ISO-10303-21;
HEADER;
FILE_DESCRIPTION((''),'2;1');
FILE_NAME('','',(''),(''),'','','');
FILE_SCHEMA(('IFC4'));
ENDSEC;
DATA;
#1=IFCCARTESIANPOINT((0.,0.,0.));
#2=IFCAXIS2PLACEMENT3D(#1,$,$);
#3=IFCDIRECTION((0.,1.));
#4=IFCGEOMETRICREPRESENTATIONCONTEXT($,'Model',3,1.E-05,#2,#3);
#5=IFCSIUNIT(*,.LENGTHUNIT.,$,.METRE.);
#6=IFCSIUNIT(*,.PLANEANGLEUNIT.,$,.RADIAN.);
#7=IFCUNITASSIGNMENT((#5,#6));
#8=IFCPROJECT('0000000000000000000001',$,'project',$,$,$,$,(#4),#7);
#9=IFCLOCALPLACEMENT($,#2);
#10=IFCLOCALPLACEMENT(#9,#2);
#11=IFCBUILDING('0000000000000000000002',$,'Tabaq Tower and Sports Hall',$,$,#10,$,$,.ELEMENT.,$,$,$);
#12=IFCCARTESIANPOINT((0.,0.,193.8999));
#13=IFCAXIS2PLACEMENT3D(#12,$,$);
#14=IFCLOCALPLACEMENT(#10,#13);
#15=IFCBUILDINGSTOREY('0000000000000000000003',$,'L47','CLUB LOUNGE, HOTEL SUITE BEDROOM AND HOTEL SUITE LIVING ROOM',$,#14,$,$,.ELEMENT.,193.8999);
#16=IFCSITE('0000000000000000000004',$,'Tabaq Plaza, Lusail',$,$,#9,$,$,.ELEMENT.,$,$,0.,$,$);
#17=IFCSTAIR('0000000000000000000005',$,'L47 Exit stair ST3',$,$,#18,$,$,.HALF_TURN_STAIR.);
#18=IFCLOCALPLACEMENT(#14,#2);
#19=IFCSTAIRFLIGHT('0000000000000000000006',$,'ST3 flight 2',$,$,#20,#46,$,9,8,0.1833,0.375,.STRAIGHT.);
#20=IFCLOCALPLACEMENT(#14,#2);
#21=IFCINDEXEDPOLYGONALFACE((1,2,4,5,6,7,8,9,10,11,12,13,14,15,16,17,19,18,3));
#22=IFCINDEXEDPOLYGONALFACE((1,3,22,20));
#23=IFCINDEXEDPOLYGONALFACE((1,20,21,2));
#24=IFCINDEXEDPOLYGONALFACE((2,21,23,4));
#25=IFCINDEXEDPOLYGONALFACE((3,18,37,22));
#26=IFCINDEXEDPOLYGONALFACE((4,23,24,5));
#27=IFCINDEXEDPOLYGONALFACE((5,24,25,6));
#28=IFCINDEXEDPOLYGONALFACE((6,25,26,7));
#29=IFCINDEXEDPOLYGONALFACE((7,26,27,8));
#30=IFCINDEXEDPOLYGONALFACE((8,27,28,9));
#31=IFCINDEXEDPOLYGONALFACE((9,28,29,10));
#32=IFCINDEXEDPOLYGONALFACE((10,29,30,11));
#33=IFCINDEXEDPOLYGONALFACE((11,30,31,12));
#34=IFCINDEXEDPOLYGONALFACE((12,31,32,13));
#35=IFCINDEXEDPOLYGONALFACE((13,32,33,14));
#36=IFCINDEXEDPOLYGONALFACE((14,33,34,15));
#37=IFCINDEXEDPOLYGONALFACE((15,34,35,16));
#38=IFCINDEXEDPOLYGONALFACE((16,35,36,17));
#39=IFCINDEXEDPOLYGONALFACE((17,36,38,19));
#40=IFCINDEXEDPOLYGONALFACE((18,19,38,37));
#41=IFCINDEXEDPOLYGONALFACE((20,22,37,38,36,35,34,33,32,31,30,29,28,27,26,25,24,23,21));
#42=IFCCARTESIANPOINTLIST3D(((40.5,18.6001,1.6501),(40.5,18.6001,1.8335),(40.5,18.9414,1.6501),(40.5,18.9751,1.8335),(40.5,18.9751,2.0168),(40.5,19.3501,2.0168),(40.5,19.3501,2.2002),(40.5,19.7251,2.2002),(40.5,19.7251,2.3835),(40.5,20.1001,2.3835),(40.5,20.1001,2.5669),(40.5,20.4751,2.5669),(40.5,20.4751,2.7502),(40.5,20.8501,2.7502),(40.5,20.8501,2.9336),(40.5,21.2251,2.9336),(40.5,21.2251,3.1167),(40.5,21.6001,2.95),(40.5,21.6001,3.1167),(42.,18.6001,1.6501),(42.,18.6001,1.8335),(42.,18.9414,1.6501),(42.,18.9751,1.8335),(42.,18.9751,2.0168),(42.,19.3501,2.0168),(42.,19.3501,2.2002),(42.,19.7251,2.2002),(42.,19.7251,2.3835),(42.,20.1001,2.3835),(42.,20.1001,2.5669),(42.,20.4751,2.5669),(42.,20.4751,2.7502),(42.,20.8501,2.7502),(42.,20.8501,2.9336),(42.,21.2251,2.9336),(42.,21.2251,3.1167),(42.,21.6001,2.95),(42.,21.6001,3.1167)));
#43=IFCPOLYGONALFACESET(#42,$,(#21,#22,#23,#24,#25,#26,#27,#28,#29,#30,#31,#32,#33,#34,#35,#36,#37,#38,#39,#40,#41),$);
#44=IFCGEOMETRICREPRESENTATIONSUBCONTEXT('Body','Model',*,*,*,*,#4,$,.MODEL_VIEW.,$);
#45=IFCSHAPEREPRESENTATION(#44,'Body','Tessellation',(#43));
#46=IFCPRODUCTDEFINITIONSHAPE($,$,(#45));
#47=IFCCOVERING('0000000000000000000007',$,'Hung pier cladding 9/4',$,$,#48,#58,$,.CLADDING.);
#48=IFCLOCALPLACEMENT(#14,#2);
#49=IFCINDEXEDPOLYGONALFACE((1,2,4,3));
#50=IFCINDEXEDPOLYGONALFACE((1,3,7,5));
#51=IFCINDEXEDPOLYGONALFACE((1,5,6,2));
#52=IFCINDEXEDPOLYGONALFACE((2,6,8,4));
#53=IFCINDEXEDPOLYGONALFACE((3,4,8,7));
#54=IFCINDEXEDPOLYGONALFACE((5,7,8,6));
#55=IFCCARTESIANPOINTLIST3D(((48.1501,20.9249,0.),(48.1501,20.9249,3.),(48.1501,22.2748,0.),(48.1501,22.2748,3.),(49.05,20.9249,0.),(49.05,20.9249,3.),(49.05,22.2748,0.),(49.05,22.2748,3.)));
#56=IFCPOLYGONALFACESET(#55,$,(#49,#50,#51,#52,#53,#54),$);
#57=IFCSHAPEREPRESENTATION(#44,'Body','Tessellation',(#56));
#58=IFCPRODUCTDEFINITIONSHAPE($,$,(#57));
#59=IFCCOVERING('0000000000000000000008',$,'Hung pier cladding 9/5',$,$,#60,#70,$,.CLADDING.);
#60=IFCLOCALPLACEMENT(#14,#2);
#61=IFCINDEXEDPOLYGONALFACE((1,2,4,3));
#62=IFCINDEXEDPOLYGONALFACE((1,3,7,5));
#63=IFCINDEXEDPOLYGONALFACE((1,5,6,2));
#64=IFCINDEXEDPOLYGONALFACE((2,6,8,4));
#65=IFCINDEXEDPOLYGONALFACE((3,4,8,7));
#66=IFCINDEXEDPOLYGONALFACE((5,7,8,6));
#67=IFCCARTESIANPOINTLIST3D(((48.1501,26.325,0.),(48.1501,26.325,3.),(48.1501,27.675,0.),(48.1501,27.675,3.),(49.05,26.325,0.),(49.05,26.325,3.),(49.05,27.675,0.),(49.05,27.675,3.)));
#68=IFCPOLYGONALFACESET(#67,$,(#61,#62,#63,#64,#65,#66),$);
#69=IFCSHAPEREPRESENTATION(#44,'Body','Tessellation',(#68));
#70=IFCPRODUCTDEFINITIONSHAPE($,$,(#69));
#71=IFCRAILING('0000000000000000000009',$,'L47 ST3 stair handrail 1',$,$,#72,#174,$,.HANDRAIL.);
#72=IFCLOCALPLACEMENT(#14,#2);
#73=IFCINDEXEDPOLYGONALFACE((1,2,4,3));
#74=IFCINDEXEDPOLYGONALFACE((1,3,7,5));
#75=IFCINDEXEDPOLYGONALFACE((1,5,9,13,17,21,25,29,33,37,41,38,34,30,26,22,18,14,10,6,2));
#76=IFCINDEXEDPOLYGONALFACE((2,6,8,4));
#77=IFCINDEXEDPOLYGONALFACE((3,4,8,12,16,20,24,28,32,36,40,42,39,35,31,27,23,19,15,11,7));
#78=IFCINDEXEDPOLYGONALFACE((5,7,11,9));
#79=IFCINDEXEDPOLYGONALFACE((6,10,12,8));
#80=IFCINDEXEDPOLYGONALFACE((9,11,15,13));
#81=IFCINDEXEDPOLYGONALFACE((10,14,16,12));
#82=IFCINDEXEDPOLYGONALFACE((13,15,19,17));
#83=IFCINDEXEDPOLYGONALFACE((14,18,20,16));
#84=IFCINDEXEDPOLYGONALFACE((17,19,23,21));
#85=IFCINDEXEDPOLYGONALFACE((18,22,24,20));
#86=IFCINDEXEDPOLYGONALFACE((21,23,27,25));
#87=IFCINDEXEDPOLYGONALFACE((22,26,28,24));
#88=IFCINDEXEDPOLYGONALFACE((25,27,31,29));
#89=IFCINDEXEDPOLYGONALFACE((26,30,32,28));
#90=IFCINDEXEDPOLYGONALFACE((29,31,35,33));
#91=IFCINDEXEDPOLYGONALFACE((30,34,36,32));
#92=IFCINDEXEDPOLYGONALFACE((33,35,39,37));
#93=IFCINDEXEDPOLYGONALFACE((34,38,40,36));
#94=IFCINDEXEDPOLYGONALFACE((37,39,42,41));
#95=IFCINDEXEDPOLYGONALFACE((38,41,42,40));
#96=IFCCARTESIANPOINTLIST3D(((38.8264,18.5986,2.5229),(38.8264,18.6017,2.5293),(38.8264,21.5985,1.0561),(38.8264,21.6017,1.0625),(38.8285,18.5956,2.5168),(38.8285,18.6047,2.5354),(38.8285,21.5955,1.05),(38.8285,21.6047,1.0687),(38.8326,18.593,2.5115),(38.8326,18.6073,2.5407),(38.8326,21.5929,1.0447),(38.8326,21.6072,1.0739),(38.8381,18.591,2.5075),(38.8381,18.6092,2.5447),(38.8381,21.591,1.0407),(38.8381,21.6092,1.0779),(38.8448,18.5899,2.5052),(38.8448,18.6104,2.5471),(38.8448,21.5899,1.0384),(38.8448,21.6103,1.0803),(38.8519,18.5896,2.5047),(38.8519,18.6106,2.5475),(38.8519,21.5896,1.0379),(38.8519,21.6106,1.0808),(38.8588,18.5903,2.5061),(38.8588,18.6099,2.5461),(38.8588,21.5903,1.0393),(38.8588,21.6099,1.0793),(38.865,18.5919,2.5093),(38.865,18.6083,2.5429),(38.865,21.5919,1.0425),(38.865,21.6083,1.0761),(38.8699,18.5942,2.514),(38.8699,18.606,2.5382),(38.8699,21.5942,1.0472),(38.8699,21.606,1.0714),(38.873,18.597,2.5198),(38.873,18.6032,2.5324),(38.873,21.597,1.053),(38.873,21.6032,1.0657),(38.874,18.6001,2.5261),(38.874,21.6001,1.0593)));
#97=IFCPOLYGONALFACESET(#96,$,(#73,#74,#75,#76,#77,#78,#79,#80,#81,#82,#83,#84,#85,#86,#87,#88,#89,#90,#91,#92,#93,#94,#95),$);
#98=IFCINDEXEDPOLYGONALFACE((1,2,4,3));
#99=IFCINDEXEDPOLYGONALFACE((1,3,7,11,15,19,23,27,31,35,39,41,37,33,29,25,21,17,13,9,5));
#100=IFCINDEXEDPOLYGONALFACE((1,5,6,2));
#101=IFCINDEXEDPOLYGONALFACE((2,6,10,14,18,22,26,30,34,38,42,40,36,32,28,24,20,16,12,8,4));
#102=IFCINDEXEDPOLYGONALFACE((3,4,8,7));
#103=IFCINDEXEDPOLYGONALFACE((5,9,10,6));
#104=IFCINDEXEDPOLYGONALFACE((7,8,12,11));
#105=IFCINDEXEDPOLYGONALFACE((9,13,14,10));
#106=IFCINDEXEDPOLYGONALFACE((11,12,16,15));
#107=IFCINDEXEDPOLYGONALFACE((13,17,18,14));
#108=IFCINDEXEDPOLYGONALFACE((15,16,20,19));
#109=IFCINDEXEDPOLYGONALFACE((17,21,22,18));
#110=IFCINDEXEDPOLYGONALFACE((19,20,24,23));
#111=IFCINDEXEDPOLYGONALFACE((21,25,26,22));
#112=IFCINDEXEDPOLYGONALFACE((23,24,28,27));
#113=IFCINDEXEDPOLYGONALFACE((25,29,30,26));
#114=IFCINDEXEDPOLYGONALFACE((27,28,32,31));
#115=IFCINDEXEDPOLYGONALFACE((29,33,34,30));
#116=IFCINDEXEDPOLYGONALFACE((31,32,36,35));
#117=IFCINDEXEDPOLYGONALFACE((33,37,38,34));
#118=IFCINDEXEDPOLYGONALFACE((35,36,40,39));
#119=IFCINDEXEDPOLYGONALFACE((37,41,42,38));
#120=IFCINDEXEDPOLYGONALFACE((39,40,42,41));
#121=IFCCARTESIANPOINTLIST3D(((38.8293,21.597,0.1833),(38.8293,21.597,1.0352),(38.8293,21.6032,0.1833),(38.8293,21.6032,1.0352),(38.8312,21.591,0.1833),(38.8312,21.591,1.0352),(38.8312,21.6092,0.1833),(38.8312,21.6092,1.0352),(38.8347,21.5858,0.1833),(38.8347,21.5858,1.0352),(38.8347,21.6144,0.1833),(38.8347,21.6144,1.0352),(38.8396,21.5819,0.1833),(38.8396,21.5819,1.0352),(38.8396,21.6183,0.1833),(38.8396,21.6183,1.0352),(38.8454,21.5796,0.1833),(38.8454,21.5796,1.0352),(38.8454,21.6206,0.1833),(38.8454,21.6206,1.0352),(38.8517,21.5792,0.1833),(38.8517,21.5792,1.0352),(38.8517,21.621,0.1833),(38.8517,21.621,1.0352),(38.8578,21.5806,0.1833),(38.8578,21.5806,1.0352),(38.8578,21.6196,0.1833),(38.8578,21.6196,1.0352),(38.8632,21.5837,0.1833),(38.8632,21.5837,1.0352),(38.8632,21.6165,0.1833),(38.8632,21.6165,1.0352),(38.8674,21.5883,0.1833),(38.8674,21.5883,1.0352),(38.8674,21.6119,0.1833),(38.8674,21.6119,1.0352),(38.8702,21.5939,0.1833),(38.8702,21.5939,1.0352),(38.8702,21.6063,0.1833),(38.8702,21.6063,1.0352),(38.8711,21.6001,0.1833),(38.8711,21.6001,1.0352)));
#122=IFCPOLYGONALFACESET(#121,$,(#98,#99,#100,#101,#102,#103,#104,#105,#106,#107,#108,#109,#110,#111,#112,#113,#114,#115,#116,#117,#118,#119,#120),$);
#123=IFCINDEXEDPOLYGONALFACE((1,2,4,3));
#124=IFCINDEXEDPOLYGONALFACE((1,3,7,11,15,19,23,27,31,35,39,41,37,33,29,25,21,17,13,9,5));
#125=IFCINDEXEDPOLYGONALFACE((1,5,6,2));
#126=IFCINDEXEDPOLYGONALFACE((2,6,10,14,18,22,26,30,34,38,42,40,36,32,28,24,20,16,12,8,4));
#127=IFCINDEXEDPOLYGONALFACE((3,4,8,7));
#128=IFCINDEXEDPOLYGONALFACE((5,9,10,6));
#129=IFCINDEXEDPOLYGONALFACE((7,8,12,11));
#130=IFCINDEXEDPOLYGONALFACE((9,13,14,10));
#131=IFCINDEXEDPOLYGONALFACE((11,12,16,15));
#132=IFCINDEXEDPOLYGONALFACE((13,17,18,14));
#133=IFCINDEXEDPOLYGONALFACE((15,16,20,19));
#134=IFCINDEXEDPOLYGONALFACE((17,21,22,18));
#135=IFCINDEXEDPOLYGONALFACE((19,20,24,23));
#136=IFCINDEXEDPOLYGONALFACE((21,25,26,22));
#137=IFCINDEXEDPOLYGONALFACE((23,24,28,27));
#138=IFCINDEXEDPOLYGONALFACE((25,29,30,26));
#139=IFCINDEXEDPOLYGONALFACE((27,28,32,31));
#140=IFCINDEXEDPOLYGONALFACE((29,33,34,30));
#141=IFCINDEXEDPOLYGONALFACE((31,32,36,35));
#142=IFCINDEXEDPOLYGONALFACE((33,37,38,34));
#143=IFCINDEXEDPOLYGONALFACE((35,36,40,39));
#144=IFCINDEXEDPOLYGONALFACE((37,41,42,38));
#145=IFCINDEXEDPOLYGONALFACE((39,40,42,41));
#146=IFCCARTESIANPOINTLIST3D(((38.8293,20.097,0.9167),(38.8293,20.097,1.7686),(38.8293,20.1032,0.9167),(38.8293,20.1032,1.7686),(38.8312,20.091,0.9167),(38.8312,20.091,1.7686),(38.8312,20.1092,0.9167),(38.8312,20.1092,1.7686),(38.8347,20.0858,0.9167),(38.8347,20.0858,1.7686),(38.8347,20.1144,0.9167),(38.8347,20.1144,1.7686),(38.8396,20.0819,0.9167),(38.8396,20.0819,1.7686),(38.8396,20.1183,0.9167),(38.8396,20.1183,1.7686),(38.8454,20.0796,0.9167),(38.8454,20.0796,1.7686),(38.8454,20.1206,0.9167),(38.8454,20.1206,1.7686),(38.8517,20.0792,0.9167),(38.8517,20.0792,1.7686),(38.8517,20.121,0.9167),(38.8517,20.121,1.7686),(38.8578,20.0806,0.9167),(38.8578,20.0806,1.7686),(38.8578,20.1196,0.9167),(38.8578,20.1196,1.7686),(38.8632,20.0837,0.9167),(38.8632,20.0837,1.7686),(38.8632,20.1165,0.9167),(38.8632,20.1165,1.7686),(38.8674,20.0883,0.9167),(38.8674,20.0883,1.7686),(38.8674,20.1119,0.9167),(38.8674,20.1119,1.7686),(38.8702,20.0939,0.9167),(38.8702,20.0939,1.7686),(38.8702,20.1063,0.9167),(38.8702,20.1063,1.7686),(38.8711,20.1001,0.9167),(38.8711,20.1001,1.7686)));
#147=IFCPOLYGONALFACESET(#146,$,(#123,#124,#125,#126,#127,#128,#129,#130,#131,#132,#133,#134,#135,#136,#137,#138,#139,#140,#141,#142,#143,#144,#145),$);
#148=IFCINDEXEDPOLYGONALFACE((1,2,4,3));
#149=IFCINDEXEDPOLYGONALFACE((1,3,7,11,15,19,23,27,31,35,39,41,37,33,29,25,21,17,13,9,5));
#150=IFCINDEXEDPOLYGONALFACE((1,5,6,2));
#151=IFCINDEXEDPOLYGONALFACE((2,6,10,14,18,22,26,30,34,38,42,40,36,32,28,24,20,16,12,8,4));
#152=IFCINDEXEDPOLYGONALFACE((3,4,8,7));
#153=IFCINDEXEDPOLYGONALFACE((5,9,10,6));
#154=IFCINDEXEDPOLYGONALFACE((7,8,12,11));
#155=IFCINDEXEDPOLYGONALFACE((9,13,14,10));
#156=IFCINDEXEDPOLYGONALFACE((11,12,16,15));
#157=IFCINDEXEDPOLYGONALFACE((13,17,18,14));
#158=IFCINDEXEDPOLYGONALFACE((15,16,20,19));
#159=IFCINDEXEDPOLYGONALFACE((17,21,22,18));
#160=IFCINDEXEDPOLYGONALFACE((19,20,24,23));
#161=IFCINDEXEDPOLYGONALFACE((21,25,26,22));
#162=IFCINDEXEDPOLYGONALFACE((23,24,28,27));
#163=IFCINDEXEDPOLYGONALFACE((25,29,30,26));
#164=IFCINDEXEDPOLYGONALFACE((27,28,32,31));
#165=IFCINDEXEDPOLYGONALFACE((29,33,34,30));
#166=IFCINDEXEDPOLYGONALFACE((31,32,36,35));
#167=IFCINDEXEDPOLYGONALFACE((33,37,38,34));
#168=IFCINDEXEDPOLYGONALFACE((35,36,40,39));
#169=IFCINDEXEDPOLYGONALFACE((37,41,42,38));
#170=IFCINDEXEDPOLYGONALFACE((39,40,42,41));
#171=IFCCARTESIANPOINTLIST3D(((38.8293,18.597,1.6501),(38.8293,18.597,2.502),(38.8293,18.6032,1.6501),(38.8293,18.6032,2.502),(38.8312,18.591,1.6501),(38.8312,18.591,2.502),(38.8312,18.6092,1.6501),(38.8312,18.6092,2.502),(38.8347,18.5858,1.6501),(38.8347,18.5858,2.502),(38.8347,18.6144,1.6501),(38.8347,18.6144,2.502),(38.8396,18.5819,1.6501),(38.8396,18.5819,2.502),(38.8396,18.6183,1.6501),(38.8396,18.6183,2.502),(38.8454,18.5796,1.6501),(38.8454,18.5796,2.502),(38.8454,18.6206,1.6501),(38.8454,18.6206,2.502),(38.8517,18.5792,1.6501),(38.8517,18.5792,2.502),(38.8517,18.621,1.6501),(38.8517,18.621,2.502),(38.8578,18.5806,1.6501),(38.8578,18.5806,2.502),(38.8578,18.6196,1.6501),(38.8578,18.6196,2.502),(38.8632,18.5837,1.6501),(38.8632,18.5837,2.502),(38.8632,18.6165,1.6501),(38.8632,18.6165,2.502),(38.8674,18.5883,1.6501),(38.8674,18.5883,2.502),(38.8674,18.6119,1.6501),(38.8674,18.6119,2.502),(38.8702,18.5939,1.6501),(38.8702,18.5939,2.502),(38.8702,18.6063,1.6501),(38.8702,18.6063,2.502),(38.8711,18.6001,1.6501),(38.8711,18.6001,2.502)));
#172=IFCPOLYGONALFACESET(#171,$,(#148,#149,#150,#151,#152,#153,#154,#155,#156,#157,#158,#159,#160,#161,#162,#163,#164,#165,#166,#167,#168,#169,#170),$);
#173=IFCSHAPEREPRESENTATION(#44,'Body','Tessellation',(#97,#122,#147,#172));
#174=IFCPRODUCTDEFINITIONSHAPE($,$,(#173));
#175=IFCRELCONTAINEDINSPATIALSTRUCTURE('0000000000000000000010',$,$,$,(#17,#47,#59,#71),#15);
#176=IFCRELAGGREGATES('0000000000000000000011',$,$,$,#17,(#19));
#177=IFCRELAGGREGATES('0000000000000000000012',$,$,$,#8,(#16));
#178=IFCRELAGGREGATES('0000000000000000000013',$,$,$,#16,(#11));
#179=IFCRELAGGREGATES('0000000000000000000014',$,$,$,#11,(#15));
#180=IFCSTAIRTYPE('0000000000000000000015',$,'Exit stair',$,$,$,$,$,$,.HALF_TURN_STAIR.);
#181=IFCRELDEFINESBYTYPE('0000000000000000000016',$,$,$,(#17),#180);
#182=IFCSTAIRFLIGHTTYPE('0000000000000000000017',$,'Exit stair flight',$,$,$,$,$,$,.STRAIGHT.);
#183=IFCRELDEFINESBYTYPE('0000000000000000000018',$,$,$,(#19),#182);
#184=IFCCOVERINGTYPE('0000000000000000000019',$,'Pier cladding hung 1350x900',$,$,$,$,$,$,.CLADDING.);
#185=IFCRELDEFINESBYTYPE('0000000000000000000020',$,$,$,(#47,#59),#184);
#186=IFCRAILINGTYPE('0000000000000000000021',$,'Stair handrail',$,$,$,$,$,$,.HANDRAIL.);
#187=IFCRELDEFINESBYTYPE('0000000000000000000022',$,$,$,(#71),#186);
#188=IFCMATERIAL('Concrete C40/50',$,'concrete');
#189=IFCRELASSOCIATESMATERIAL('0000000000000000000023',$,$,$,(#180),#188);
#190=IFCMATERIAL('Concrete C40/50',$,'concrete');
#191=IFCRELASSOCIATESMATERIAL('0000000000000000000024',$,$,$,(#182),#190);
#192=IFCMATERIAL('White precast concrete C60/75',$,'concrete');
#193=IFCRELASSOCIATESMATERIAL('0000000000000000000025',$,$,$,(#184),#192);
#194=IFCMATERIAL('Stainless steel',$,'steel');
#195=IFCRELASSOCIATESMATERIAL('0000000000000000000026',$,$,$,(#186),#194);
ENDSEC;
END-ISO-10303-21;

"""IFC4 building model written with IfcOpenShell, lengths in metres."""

from ifc_helpers import new_model, si_unit, direction, frame, frame_2d, origin, origin_2d, place, context, subcontext, project, spatial, polyline, rectangle, circle, outline, extrude, material, type_object, element, aggregate, save


model = new_model("IFC4")

# Units and contexts
model_context = context("Model", 3, precision=1e-05, world=origin(), true_north=direction((0.0, 1.0)))
body_context = subcontext(model_context, "Body", "Model", "MODEL_VIEW")
ifc_project = project(units=[si_unit("LENGTHUNIT", "METRE"), si_unit("PLANEANGLEUNIT", "RADIAN")], contexts=[model_context])

# Site, building, storey
site_placement = place(None, origin())
site = spatial("IfcSite", under=ifc_project, at=site_placement, Name="Tabaq Plaza, Lusail", CompositionType="ELEMENT", RefElevation=0.0)
building_placement = place(site_placement, origin())
building = spatial("IfcBuilding", under=site, at=building_placement, Name="Tabaq Tower and Sports Hall", CompositionType="ELEMENT")
storey_placement = place(building_placement, frame((0.0, 0.0, 193.8999)))
storey = spatial("IfcBuildingStorey", under=building, at=storey_placement, Name="L47", Description="CLUB LOUNGE, HOTEL SUITE BEDROOM AND HOTEL SUITE LIVING ROOM", CompositionType="ELEMENT", Elevation=193.8999)

# Stair, stair flight
ifc_material_1 = material(Name="Concrete C40/50", Category="concrete")
stair_type = type_object("IfcStairType", Name="Exit stair", PredefinedType="HALF_TURN_STAIR", material=ifc_material_1)
stair_placement = place(storey_placement, origin())
stair = element("IfcStair", 1, at=stair_placement, inside=storey, type_object=stair_type, Name="L47 Exit stair ST3", PredefinedType="HALF_TURN_STAIR")
ifc_material_2 = material(Name="Concrete C40/50", Category="concrete")
stair_flight_type = type_object("IfcStairFlightType", Name="Exit stair flight", PredefinedType="STRAIGHT", material=ifc_material_2)
stair_flight_1_placement = place(storey_placement, frame((41.25, 18.6001, 1.6501), z_axis=(0.0, 0.0, 1.0), x_axis=(0.0, 1.0, 0.0)))
stair_flight_1 = element("IfcStairFlight", 2, at=stair_flight_1_placement, type_object=stair_flight_type, Name="ST3 flight 2", NumberOfRisers=9, NumberOfTreads=8, PredefinedType="STRAIGHT", RiserHeight=0.1833, TreadLength=0.375, context=body_context, shape_type="SweptSolid", body=[
    extrude(outline(polyline([(0.0, 0.0), (0.0, 0.1833), (0.375, 0.1833), (0.375, 0.3667), (0.75, 0.3667), (0.75, 0.55), (1.125, 0.55), (1.125, 0.7334), (1.5, 0.7334), (1.5, 0.9167), (1.875, 0.9167), (1.875, 1.1001), (2.25, 1.1001), (2.25, 1.2834), (2.625, 1.2834), (2.625, 1.4666), (3.0, 1.4666), (3.0, 1.6499), (3.0, 1.2998), (0.3413, 0.0), (0.0, 0.0)])), frame((0.0, 0.75, 0.0), z_axis=(0.0, -1.0, 0.0), x_axis=(1.0, 0.0, 0.0)), (0.0, 0.0, 1.0), 1.5),
])
aggregate(stair, [stair_flight_1])

# Coverings
ifc_material_3 = material(Name="White precast concrete C60/75", Category="concrete")
covering_type_1 = type_object("IfcCoveringType", Name="Pier cladding hung 1350x900", PredefinedType="CLADDING", material=ifc_material_3)
covering_1_placement = place(storey_placement, frame((48.6001, 20.925, 0.0), z_axis=(0.0, 0.0, 1.0), x_axis=(0.0, 1.0, 0.0)))
element("IfcCovering", 3, at=covering_1_placement, inside=storey, type_object=covering_type_1, Name="Hung pier cladding 9/4", PredefinedType="CLADDING", context=body_context, shape_type="SweptSolid", body=[
    extrude(rectangle(XDim=1.3499, YDim=0.8999, at=frame_2d((0.6748, 0.0))), origin(), (0.0, 0.0, 1.0), 3.0),
])
covering_2_placement = place(storey_placement, frame((48.6001, 26.325, 0.0), z_axis=(0.0, 0.0, 1.0), x_axis=(0.0, 1.0, 0.0)))
element("IfcCovering", 4, at=covering_2_placement, inside=storey, type_object=covering_type_1, Name="Hung pier cladding 9/5", PredefinedType="CLADDING", context=body_context, shape_type="SweptSolid", body=[
    extrude(rectangle(XDim=1.3501, YDim=0.8999, at=frame_2d((0.675, 0.0))), origin(), (0.0, 0.0, 1.0), 3.0),
])

# Railing
ifc_material_4 = material(Name="Stainless steel", Category="steel")
railing_type_1 = type_object("IfcRailingType", Name="Stair handrail", PredefinedType="HANDRAIL", material=ifc_material_4)
railing_1_placement = place(storey_placement, frame((38.8501, 21.6001, 0.1833)))
element("IfcRailing", 5, at=railing_1_placement, inside=storey, type_object=railing_type_1, Name="L47 ST3 stair handrail 1", PredefinedType="HANDRAIL", context=body_context, shape_type="SweptSolid", body=[
    extrude(circle(Radius=0.0239, at=origin_2d()), frame((0.0, 0.0, 0.876), z_axis=(0.0, -0.898369, 0.439242), x_axis=(1.0, 0.0, 0.0)), (0.0, 0.0, 1.0), 3.3394),
    extrude(circle(Radius=0.021, at=origin_2d()), origin(), (0.0, 0.0, 1.0), 0.8518),
    extrude(circle(Radius=0.021, at=origin_2d()), frame((0.0, -1.5, 0.7334)), (0.0, 0.0, 1.0), 0.8518),
    extrude(circle(Radius=0.021, at=origin_2d()), frame((0.0, -3.0, 1.4668)), (0.0, 0.0, 1.0), 0.8518),
])

save(model, "model.ifc")
